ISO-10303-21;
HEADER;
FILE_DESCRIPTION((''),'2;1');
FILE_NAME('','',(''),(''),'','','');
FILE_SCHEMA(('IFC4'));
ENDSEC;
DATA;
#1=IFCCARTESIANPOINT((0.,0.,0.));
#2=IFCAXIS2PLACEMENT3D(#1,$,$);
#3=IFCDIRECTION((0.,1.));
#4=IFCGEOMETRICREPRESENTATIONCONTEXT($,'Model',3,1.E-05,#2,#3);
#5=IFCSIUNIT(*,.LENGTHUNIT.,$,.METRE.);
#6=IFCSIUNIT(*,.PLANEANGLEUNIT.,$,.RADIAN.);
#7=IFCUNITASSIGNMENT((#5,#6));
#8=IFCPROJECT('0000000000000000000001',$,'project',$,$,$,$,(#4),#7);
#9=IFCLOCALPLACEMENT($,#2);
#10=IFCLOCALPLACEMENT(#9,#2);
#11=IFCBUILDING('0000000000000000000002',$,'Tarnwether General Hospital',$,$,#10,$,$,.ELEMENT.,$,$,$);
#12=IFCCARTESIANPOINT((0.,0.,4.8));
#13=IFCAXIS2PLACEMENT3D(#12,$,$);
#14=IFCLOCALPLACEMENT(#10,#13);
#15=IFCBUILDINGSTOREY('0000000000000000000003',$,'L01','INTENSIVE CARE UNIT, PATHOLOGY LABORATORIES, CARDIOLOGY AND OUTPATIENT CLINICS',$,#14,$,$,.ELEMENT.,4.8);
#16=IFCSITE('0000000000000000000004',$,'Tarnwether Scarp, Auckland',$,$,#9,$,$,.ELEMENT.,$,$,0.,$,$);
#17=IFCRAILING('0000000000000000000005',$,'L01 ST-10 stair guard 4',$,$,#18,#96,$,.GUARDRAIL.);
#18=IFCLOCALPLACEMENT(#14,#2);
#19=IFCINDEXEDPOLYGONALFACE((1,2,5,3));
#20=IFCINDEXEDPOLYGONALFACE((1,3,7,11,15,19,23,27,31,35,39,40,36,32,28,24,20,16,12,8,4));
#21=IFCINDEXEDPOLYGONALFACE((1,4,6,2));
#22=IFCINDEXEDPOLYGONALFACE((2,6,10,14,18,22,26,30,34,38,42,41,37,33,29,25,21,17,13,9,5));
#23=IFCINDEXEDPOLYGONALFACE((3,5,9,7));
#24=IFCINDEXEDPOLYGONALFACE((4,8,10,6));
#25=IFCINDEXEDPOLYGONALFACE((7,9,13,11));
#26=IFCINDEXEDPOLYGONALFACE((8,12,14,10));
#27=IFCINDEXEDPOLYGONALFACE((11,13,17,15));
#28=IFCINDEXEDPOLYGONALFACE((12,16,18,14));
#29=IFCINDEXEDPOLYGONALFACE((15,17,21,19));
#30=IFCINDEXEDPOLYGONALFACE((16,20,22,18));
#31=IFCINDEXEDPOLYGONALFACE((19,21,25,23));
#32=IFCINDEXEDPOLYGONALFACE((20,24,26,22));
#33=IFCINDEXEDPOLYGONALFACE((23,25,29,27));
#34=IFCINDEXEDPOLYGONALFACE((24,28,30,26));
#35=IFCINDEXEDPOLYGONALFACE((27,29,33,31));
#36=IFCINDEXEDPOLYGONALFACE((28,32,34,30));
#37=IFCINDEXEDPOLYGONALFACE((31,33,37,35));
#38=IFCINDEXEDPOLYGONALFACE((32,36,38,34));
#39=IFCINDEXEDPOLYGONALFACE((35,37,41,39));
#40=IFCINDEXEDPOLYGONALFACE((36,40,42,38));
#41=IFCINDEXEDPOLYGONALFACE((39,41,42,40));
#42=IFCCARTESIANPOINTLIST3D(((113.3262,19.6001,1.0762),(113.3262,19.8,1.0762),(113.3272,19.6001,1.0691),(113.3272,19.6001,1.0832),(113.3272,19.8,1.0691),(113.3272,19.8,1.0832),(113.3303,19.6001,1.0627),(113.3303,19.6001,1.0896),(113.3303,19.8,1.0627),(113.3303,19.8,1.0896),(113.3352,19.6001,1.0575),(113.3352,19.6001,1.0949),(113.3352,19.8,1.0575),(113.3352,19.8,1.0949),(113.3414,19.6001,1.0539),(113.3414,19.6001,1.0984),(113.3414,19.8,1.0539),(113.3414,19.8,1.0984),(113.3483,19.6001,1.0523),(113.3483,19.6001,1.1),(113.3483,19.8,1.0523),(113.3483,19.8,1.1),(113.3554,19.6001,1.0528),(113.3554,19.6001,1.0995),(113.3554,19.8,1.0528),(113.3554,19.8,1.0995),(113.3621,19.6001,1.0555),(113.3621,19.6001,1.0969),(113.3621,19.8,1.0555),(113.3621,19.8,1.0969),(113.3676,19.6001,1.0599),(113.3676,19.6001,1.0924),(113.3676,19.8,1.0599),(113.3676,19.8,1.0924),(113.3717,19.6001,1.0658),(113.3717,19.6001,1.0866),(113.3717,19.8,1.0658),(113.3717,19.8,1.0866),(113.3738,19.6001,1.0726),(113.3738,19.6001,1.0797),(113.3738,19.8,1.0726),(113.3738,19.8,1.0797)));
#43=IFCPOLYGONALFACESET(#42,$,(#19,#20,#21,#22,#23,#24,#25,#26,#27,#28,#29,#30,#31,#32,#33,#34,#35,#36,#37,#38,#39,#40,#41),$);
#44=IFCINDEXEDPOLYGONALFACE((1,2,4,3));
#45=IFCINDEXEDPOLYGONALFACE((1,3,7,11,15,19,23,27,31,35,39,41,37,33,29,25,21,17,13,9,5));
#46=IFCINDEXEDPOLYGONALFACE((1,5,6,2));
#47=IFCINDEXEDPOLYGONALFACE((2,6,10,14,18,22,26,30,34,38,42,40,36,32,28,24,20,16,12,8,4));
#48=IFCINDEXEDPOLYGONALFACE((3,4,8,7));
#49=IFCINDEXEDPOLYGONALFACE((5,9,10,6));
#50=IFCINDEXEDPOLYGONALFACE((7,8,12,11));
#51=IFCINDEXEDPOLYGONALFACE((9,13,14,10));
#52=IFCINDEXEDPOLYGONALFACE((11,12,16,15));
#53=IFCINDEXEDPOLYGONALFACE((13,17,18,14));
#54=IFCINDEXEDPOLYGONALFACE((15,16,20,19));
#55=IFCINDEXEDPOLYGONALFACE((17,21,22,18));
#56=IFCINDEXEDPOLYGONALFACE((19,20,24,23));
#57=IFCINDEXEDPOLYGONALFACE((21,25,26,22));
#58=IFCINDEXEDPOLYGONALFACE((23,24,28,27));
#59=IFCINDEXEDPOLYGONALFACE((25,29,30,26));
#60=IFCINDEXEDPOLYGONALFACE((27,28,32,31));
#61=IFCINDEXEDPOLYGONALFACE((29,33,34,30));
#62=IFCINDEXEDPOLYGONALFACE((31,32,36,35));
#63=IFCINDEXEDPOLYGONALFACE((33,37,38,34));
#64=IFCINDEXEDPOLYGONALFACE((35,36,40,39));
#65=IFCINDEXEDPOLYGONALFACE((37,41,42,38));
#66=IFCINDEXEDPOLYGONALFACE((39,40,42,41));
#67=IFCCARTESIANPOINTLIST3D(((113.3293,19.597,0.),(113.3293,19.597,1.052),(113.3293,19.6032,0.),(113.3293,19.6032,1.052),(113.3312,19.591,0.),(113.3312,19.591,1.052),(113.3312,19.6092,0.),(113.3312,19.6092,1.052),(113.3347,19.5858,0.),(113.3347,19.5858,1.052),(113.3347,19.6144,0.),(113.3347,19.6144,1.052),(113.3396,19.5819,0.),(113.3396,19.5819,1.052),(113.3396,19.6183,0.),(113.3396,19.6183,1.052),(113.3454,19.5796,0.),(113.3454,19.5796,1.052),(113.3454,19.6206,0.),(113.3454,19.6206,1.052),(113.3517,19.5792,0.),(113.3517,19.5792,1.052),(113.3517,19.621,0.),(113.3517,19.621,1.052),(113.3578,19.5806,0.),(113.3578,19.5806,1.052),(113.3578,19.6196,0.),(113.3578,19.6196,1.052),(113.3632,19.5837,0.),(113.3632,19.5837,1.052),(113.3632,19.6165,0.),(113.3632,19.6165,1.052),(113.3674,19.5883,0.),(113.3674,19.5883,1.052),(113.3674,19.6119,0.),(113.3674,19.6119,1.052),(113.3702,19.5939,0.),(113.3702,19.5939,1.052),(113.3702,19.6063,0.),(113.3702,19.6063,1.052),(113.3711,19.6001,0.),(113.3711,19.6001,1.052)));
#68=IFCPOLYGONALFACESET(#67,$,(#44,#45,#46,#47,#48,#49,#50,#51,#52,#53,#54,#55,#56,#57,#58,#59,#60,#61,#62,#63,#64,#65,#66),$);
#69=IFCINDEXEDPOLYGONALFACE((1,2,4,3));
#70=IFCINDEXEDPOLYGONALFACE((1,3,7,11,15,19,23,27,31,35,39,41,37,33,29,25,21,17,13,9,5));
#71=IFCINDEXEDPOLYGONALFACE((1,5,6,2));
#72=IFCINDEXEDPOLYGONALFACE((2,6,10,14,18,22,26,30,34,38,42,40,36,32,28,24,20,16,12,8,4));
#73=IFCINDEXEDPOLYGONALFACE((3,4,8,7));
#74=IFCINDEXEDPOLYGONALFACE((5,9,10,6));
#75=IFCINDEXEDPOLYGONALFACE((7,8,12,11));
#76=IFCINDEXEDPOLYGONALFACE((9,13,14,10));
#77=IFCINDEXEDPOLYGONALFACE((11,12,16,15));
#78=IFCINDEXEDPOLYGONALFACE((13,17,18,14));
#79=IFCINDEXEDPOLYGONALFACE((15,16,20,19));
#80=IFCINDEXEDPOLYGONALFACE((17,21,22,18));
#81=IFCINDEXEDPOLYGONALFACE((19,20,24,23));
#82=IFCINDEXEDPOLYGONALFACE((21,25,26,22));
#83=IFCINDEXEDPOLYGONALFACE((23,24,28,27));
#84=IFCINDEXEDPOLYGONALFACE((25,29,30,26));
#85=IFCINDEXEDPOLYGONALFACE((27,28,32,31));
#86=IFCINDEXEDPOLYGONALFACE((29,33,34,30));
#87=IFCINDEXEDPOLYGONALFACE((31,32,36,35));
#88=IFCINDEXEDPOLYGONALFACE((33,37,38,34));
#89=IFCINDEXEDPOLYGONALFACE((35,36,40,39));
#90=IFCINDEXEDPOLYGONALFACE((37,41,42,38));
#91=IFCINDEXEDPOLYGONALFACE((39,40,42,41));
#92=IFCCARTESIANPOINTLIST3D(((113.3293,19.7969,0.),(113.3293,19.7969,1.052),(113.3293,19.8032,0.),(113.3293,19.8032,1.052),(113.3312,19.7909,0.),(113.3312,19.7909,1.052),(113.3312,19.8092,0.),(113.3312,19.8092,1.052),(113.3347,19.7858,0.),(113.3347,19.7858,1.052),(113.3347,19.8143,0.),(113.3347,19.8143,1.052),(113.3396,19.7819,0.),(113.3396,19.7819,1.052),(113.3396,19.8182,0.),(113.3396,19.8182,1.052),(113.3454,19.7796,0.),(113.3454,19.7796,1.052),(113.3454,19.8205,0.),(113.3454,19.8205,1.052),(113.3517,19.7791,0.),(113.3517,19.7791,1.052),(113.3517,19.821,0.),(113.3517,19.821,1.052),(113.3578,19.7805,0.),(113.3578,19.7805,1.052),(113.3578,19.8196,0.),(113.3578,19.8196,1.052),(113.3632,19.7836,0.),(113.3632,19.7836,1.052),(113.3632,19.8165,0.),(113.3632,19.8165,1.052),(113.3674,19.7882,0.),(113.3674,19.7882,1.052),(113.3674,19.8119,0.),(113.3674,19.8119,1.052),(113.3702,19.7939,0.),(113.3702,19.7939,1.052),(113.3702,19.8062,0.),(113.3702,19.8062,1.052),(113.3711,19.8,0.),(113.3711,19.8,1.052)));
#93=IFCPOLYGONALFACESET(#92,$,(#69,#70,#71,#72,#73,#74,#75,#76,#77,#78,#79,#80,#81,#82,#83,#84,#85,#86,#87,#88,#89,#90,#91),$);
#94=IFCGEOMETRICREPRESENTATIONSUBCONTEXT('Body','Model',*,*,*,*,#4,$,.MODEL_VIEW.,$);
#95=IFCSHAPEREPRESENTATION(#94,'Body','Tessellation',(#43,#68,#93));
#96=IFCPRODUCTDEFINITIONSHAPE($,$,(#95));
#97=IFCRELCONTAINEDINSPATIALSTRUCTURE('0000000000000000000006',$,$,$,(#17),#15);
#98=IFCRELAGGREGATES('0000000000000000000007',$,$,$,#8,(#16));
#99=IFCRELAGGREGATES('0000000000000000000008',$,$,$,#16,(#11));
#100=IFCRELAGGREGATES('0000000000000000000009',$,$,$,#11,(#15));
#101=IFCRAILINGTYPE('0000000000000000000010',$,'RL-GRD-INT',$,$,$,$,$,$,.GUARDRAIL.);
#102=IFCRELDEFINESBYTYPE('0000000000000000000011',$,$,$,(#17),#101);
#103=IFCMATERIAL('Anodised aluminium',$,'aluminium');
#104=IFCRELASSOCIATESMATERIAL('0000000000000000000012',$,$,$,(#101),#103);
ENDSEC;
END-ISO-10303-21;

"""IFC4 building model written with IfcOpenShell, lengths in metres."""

from ifc_helpers import new_model, si_unit, direction, frame, origin, origin_2d, place, context, subcontext, project, spatial, circle, extrude, material, type_object, element, save


model = new_model("IFC4")

# Units and contexts
model_context = context("Model", 3, precision=1e-05, world=origin(), true_north=direction((0.0, 1.0)))
body_context = subcontext(model_context, "Body", "Model", "MODEL_VIEW")
ifc_project = project(units=[si_unit("LENGTHUNIT", "METRE"), si_unit("PLANEANGLEUNIT", "RADIAN")], contexts=[model_context])

# Site, building, storey
site_placement = place(None, origin())
site = spatial("IfcSite", under=ifc_project, at=site_placement, Name="Tarnwether Scarp, Auckland", CompositionType="ELEMENT", RefElevation=0.0)
building_placement = place(site_placement, origin())
building = spatial("IfcBuilding", under=site, at=building_placement, Name="Tarnwether General Hospital", CompositionType="ELEMENT")
storey_placement = place(building_placement, frame((0.0, 0.0, 4.8)))
storey = spatial("IfcBuildingStorey", under=building, at=storey_placement, Name="L01", Description="INTENSIVE CARE UNIT, PATHOLOGY LABORATORIES, CARDIOLOGY AND OUTPATIENT CLINICS", CompositionType="ELEMENT", Elevation=4.8)

# Railing
ifc_material_1 = material(Name="Anodised aluminium", Category="aluminium")
railing_type_1 = type_object("IfcRailingType", Name="RL-GRD-INT", PredefinedType="GUARDRAIL", material=ifc_material_1)
railing_1_placement = place(storey_placement, frame((113.3501, 19.6001, 0.0)))
element("IfcRailing", 1, at=railing_1_placement, inside=storey, type_object=railing_type_1, Name="L01 ST-10 stair guard 4", PredefinedType="GUARDRAIL", context=body_context, shape_type="SweptSolid", body=[
    extrude(circle(Radius=0.0239, at=origin_2d()), frame((0.0, 0.0, 1.0762), z_axis=(0.0, 1.0, 0.0), x_axis=(-1.0, 0.0, 0.0)), (0.0, 0.0, 1.0), 0.2),
    extrude(circle(Radius=0.021, at=origin_2d()), origin(), (0.0, 0.0, 1.0), 1.052),
    extrude(circle(Radius=0.021, at=origin_2d()), frame((0.0, 0.2, 0.0)), (0.0, 0.0, 1.0), 1.052),
])

save(model, "model.ifc")
